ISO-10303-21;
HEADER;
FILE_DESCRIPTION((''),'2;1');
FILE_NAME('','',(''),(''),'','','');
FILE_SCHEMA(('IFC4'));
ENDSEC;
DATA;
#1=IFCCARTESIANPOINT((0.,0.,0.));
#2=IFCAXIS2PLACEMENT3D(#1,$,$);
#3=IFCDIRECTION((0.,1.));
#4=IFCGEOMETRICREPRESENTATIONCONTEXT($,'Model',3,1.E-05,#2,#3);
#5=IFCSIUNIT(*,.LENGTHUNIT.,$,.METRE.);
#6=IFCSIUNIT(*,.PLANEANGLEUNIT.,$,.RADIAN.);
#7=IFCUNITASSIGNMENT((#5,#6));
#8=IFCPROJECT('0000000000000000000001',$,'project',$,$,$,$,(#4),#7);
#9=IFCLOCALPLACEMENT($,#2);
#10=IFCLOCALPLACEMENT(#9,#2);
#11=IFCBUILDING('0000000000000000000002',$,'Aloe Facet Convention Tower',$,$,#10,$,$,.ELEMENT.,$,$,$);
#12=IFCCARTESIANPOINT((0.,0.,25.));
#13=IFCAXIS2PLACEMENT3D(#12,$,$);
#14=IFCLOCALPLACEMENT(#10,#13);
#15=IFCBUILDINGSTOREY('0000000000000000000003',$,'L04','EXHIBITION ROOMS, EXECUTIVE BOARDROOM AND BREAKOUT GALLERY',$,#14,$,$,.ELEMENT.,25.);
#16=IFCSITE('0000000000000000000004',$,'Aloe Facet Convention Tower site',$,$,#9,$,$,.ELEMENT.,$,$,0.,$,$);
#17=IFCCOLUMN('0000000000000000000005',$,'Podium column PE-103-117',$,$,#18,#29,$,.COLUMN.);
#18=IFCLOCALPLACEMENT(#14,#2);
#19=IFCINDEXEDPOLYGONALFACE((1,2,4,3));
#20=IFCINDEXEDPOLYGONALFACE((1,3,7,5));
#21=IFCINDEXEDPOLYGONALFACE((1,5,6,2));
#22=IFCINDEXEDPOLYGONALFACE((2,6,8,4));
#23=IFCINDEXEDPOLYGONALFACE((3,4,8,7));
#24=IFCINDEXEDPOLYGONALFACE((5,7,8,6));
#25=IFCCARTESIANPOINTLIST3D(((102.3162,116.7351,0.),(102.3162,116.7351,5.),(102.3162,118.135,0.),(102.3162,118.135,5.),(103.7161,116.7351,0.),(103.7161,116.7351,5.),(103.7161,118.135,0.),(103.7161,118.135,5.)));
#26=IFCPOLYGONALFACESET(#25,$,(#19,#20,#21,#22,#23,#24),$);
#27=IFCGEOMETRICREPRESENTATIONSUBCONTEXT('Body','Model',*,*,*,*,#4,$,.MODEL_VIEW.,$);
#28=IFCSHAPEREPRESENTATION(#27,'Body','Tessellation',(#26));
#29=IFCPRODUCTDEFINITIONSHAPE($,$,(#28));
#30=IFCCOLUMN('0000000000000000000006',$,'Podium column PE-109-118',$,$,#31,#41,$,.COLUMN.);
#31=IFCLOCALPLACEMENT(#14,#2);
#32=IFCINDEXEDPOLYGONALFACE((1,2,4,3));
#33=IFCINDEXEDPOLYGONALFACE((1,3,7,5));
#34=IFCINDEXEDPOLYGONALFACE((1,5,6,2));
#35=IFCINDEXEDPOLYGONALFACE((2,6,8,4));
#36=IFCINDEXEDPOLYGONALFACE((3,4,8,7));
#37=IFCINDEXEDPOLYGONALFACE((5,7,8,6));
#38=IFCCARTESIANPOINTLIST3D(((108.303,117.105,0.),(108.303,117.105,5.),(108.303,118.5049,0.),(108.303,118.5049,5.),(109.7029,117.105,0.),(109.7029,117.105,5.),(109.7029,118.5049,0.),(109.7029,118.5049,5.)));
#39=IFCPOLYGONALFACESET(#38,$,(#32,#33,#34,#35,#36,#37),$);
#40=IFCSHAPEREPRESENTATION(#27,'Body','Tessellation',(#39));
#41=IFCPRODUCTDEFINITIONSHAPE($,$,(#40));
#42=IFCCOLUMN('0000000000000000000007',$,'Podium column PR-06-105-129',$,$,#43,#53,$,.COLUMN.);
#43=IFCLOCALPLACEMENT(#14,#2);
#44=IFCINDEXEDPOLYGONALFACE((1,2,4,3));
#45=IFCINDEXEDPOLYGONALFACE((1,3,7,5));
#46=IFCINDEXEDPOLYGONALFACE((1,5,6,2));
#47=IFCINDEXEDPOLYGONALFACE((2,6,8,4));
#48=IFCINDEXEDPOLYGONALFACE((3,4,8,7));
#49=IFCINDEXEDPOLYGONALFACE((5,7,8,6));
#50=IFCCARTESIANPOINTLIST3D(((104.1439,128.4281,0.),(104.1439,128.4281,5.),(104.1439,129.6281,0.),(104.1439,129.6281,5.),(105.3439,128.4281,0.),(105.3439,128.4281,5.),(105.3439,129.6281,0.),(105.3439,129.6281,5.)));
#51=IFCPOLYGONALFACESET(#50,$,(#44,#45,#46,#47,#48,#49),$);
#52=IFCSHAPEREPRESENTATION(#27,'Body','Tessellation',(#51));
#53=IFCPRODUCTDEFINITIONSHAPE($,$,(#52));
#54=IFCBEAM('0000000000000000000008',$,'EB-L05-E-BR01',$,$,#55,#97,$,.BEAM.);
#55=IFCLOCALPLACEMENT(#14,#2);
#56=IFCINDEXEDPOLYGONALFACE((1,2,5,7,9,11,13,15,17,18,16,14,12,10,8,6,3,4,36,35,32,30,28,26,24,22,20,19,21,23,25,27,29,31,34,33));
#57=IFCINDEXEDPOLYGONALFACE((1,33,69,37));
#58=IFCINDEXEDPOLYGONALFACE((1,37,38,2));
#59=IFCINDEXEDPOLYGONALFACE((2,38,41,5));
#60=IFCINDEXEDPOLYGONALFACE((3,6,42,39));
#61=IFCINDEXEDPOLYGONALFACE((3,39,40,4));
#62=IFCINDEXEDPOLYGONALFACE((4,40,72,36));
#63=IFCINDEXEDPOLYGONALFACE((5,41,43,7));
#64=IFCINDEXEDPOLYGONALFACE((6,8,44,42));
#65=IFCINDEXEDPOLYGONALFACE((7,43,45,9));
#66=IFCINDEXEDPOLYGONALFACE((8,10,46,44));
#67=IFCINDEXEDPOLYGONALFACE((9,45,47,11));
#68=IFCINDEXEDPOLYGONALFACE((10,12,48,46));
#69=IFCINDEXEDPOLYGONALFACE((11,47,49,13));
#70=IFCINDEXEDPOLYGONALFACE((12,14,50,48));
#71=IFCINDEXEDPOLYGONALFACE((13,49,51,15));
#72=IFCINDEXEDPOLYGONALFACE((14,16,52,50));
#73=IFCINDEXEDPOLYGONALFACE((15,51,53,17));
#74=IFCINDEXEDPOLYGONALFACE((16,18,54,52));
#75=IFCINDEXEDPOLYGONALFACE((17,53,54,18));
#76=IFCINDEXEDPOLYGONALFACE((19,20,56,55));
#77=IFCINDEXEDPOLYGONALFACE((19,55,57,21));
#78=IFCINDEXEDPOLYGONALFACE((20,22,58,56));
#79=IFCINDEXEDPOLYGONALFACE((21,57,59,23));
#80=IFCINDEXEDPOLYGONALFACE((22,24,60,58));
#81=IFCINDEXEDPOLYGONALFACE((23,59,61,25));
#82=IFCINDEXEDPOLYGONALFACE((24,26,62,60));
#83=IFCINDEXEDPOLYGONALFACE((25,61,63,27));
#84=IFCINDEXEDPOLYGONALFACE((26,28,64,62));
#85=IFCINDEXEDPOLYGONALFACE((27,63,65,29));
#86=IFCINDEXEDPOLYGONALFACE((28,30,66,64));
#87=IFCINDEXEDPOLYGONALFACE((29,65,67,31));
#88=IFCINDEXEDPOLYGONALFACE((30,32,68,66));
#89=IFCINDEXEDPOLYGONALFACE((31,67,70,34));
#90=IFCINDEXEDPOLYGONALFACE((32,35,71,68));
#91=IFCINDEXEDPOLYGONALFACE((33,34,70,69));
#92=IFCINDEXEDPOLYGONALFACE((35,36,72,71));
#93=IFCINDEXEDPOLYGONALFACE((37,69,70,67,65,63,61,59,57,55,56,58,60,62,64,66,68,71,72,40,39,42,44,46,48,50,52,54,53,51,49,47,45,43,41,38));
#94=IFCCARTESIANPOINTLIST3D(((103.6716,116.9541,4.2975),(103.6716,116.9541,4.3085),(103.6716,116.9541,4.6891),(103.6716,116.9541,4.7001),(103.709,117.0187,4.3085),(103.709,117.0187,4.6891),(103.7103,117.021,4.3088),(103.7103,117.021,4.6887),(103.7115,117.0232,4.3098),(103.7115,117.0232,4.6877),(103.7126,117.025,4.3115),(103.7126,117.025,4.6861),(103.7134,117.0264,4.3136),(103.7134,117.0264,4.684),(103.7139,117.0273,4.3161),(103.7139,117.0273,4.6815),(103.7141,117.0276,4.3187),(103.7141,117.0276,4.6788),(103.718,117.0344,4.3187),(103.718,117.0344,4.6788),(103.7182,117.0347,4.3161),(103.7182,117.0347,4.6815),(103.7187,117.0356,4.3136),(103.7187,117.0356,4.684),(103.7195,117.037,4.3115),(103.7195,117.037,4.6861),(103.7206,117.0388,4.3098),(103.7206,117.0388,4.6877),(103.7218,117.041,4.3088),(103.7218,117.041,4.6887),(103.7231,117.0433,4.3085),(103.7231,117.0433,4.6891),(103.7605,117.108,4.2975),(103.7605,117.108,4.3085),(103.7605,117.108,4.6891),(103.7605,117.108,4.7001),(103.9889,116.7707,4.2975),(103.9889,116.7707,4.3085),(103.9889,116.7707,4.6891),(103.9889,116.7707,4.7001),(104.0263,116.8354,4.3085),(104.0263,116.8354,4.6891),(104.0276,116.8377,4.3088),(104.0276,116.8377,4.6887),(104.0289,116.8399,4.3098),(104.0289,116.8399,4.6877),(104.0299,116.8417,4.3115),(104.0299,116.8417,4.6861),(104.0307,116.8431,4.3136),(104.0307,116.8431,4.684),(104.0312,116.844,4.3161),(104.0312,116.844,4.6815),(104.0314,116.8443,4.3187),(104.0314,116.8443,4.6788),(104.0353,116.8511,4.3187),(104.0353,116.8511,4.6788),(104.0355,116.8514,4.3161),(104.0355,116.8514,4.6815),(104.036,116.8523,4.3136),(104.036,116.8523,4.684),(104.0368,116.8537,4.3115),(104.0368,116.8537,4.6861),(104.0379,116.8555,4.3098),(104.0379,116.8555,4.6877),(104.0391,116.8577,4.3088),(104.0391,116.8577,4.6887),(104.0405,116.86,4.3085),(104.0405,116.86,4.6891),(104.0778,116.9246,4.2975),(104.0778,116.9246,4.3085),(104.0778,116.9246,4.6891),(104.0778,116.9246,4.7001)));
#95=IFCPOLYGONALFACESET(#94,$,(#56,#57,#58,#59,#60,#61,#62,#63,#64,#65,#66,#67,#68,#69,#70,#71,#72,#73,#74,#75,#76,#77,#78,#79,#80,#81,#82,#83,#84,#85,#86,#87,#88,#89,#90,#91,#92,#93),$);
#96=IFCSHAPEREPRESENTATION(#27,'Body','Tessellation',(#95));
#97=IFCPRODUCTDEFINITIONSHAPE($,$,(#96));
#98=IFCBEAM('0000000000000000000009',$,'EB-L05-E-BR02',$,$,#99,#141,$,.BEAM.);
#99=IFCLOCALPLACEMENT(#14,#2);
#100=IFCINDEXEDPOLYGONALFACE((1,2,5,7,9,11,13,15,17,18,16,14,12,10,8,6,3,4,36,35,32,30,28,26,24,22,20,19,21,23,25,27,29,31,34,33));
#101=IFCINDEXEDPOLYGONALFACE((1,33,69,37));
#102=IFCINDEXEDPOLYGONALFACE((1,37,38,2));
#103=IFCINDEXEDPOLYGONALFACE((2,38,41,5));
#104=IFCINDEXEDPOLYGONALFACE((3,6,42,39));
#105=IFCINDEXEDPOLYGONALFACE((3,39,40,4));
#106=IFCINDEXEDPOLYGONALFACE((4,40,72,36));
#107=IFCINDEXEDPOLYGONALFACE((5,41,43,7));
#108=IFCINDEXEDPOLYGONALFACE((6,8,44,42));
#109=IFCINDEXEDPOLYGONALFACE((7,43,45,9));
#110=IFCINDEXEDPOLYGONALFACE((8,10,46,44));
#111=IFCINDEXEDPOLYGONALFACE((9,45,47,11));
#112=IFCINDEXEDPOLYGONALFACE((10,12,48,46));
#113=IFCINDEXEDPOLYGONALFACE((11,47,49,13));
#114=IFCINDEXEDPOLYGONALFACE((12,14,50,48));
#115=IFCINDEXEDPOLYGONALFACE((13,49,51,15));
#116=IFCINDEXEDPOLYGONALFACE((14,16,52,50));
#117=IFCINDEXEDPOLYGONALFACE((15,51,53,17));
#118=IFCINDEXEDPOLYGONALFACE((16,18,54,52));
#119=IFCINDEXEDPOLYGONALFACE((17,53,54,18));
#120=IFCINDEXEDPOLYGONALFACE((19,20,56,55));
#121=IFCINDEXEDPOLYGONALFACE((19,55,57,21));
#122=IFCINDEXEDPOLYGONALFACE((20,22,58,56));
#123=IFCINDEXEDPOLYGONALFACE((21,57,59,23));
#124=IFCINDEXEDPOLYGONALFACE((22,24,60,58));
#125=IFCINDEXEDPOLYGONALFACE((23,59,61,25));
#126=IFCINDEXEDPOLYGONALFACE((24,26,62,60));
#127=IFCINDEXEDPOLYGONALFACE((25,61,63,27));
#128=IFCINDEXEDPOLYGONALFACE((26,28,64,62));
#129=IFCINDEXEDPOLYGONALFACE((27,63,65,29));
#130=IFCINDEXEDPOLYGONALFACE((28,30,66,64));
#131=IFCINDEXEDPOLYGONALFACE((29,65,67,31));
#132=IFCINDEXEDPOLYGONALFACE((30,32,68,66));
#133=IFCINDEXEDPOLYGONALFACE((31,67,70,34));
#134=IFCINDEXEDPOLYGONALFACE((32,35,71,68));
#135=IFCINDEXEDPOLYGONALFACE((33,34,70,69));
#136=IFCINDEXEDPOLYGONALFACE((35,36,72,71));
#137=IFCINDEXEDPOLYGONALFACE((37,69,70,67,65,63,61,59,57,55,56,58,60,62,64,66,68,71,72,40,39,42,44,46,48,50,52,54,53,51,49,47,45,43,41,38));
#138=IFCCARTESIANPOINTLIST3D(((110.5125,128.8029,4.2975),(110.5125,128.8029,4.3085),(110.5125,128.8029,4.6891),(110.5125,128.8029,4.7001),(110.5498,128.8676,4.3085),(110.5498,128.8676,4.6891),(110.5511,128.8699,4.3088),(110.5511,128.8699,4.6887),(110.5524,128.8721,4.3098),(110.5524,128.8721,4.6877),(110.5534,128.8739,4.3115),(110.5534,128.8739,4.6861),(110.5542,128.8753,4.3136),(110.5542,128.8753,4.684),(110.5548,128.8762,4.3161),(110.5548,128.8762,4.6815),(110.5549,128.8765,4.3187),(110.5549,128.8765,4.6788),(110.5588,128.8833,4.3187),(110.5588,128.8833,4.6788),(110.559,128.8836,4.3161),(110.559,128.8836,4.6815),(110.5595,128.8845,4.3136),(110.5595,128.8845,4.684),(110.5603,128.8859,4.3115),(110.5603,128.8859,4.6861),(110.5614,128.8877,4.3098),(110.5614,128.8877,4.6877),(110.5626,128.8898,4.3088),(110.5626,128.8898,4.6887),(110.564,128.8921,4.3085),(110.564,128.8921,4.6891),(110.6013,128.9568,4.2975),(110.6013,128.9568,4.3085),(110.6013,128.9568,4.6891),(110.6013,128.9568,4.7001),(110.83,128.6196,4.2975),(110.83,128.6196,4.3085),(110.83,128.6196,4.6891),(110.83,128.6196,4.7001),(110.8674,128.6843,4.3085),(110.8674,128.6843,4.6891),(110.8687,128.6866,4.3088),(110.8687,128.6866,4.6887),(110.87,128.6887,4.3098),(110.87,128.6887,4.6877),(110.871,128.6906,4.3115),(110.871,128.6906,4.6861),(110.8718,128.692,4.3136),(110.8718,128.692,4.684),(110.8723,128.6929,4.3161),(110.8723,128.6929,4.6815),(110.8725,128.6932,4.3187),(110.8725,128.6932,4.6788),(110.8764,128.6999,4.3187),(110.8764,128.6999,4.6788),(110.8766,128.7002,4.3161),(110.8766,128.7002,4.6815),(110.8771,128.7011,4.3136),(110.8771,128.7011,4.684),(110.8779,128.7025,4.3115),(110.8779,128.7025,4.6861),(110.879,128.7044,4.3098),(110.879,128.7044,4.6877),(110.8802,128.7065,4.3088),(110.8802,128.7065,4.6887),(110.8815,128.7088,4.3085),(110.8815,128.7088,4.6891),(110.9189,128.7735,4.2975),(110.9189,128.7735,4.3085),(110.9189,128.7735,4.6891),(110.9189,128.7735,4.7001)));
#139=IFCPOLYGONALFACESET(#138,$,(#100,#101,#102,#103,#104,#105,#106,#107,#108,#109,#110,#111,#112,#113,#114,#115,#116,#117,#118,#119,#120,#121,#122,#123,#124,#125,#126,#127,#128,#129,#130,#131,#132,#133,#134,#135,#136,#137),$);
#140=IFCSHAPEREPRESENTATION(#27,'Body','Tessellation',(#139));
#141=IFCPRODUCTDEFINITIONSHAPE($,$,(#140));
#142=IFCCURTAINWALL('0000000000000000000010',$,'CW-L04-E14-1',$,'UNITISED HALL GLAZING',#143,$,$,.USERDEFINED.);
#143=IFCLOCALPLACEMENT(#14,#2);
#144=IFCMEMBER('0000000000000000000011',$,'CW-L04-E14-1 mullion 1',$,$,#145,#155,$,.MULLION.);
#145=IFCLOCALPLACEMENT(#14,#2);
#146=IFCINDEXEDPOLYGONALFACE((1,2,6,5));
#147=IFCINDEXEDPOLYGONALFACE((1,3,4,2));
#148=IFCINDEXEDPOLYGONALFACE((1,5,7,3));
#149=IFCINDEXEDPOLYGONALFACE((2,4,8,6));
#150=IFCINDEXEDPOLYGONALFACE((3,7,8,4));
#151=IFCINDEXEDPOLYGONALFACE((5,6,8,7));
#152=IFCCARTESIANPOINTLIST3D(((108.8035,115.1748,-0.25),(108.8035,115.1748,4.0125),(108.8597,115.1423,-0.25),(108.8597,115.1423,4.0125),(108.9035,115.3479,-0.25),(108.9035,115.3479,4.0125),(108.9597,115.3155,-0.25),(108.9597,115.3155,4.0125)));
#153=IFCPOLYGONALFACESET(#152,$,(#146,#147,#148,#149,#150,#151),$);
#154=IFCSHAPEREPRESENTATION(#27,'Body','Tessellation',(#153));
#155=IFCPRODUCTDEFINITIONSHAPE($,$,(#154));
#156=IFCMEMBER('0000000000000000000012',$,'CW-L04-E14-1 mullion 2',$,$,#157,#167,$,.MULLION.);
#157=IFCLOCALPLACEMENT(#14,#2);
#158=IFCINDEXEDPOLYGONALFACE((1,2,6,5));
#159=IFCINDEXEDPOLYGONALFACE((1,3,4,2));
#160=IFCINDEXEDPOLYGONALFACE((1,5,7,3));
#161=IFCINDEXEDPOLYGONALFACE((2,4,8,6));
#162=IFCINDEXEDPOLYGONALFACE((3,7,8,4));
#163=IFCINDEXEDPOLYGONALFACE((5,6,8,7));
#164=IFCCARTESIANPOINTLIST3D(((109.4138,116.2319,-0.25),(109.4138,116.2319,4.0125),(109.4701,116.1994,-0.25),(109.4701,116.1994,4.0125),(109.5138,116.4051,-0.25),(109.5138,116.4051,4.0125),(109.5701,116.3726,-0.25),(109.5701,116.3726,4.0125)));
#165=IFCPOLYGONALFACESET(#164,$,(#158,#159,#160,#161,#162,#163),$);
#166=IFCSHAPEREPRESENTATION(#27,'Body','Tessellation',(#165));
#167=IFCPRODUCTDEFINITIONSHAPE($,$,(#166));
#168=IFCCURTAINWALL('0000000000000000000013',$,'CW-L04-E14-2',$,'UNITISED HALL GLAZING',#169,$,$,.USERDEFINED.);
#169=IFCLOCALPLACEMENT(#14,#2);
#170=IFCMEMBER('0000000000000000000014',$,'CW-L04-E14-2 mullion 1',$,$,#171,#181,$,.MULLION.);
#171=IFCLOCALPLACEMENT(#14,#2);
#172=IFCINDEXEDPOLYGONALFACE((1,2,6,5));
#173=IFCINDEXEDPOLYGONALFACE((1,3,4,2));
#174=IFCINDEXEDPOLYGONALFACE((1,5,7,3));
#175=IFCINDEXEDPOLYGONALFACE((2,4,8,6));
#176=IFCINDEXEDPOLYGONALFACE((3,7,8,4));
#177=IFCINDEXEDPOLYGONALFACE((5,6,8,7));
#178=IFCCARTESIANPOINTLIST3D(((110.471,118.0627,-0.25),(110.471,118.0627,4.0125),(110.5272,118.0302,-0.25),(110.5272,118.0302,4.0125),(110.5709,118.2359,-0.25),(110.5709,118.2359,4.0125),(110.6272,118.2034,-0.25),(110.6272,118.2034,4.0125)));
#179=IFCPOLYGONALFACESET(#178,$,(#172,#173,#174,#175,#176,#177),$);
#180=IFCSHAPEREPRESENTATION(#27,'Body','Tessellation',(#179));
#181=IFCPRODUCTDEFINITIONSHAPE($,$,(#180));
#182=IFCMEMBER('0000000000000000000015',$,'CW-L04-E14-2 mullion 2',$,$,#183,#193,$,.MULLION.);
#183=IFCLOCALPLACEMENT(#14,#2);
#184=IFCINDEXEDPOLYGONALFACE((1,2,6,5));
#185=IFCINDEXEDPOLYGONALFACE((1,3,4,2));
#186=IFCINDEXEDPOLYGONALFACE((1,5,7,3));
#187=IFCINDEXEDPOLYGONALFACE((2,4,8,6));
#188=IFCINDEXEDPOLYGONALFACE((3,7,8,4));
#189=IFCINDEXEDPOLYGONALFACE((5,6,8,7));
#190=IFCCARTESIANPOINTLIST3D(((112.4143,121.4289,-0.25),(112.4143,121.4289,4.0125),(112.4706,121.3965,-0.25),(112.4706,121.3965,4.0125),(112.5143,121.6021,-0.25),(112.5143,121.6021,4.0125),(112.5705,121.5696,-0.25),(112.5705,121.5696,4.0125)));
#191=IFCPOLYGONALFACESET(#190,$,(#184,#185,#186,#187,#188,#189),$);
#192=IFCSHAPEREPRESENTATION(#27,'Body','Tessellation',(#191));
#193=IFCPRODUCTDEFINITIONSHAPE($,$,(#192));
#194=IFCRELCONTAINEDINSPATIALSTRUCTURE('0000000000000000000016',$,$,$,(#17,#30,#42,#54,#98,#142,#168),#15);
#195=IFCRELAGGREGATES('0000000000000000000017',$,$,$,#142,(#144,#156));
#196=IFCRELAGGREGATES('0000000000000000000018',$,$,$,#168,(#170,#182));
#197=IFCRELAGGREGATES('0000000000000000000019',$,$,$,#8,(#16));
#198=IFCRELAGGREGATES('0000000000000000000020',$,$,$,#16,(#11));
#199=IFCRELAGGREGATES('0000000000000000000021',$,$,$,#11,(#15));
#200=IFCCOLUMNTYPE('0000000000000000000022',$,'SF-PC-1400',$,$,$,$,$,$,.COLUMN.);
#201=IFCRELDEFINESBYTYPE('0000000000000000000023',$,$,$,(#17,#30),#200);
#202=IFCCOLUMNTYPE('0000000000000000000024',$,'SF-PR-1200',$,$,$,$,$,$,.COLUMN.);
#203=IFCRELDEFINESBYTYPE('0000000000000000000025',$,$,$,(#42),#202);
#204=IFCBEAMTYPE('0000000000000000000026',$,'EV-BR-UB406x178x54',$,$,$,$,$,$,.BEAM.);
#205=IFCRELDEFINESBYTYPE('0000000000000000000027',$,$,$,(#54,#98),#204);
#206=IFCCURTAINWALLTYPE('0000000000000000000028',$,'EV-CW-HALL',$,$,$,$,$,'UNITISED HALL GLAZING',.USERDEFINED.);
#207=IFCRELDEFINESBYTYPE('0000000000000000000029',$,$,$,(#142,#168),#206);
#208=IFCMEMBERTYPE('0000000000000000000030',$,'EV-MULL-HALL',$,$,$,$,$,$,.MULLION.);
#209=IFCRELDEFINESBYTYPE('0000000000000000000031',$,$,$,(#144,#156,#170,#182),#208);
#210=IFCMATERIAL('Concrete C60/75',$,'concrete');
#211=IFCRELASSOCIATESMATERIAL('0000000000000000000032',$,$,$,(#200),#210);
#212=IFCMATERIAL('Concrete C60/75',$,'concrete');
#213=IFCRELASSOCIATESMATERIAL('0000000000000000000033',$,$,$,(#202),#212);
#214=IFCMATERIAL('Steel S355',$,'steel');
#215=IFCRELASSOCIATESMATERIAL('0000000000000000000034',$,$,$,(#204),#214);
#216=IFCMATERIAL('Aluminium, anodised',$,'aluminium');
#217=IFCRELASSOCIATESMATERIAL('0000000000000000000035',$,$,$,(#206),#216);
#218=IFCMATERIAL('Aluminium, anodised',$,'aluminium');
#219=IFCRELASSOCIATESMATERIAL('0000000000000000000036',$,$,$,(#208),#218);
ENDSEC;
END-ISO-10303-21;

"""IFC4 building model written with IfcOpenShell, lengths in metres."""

from ifc_helpers import new_model, si_unit, direction, frame, origin, origin_2d, place, context, subcontext, project, spatial, rectangle, i_section, extrude, material, material_profile, profile_set, type_object, element, aggregate, save


model = new_model("IFC4")

# Units and contexts
model_context = context("Model", 3, precision=1e-05, world=origin(), true_north=direction((0.0, 1.0)))
body_context = subcontext(model_context, "Body", "Model", "MODEL_VIEW")
ifc_project = project(units=[si_unit("LENGTHUNIT", "METRE"), si_unit("PLANEANGLEUNIT", "RADIAN")], contexts=[model_context])

# Site, building, storey
site_placement = place(None, origin())
site = spatial("IfcSite", under=ifc_project, at=site_placement, Name="Aloe Facet Convention Tower site", CompositionType="ELEMENT", RefElevation=0.0)
building_placement = place(site_placement, origin())
building = spatial("IfcBuilding", under=site, at=building_placement, Name="Aloe Facet Convention Tower", CompositionType="ELEMENT")
storey_placement = place(building_placement, frame((0.0, 0.0, 25.0)))
storey = spatial("IfcBuildingStorey", under=building, at=storey_placement, Name="L04", Description="EXHIBITION ROOMS, EXECUTIVE BOARDROOM AND BREAKOUT GALLERY", CompositionType="ELEMENT", Elevation=25.0)

# Columns
ifc_material_1 = material(Name="Concrete C60/75", Category="concrete")
ifc_material_profile_1 = material_profile(ifc_material_1, rectangle(XDim=1.3999, YDim=1.3999, at=origin_2d()), Name="SF-PC-1400")
ifc_profile_set_1 = profile_set([ifc_material_profile_1], Name="Concrete C60/75")
column_type_1 = type_object("IfcColumnType", Name="SF-PC-1400", PredefinedType="COLUMN", material=ifc_profile_set_1)
for number, where, z_axis, x_axis, name in (
    (1, (103.0161, 117.4351, 0.0), (0.0, 0.0, 1.0), (1.0, 0.0, 0.0), "Podium column PE-103-117"),
    (2, (109.0029, 117.8049, 0.0), (0.0, 0.0, 1.0), (1.0, 0.0, 0.0), "Podium column PE-109-118"),
):
    element("IfcColumn", number, at=place(storey_placement, frame(where, z_axis=z_axis, x_axis=x_axis)), inside=storey, type_object=column_type_1, Name=name, PredefinedType="COLUMN", context=body_context, shape_type="SweptSolid", body=[
        extrude(rectangle(XDim=1.3999, YDim=1.3999, at=origin_2d()), origin(), (0.0, 0.0, 1.0), 5.0),
    ])
ifc_material_2 = material(Name="Concrete C60/75", Category="concrete")
ifc_material_profile_2 = material_profile(ifc_material_2, rectangle(XDim=1.2, YDim=1.2, at=origin_2d()), Name="SF-PR-1200")
ifc_profile_set_2 = profile_set([ifc_material_profile_2], Name="Concrete C60/75")
column_type_2 = type_object("IfcColumnType", Name="SF-PR-1200", PredefinedType="COLUMN", material=ifc_profile_set_2)
column_placement = place(storey_placement, frame((104.7439, 129.0281, 0.0), z_axis=(0.0, 0.0, 1.0), x_axis=(1.0, 0.0, 0.0)))
element("IfcColumn", 3, at=column_placement, inside=storey, type_object=column_type_2, Name="Podium column PR-06-105-129", PredefinedType="COLUMN", context=body_context, shape_type="SweptSolid", body=[
    extrude(rectangle(XDim=1.2, YDim=1.2, at=origin_2d()), origin(), (0.0, 0.0, 1.0), 5.0),
])

# Beams
ifc_material_3 = material(Name="Steel S355", Category="steel")
ifc_material_profile_3 = material_profile(ifc_material_3, i_section(OverallWidth=0.1777, OverallDepth=0.4026, WebThickness=0.0078, FlangeThickness=0.011, FilletRadius=0.0103, at=origin_2d()), Name="UB 406x178x54")
ifc_profile_set_3 = profile_set([ifc_material_profile_3], Name="Steel S355")
beam_type_1 = type_object("IfcBeamType", Name="EV-BR-UB406x178x54", PredefinedType="BEAM", material=ifc_profile_set_3)
beam_1_placement = place(storey_placement, frame((103.7161, 117.031, 4.4988), z_axis=(0.865897, -0.500222, 0.0), x_axis=(0.500222, 0.865897, 0.0)))
element("IfcBeam", 4, at=beam_1_placement, inside=storey, type_object=beam_type_1, Name="EB-L05-E-BR01", PredefinedType="BEAM", context=body_context, shape_type="SweptSolid", body=[
    extrude(i_section(OverallWidth=0.1777, OverallDepth=0.4026, WebThickness=0.0078, FlangeThickness=0.011, FilletRadius=0.0103, at=origin_2d()), origin(), (0.0, 0.0, 1.0), 0.3665),
])
beam_2_placement = place(storey_placement, frame((110.5569, 128.8799, 4.4988), z_axis=(0.866064, -0.499934, 0.0), x_axis=(0.499934, 0.866064, 0.0)))
element("IfcBeam", 5, at=beam_2_placement, inside=storey, type_object=beam_type_1, Name="EB-L05-E-BR02", PredefinedType="BEAM", context=body_context, shape_type="SweptSolid", body=[
    extrude(i_section(OverallWidth=0.1777, OverallDepth=0.4026, WebThickness=0.0078, FlangeThickness=0.011, FilletRadius=0.0103, at=origin_2d()), origin(), (0.0, 0.0, 1.0), 0.3667),
])

# Curtain walls, members
ifc_material_4 = material(Name="Aluminium, anodised", Category="aluminium")
curtain_wall_type = type_object("IfcCurtainWallType", Name="EV-CW-HALL", ElementType="UNITISED HALL GLAZING", PredefinedType="USERDEFINED", material=ifc_material_4)
curtain_wall_1_placement = place(storey_placement, origin())
curtain_wall_1 = element("IfcCurtainWall", 6, at=curtain_wall_1_placement, inside=storey, type_object=curtain_wall_type, Name="CW-L04-E14-1", ObjectType="UNITISED HALL GLAZING", PredefinedType="USERDEFINED")
ifc_material_5 = material(Name="Aluminium, anodised", Category="aluminium")
ifc_material_profile_4 = material_profile(ifc_material_5, rectangle(XDim=0.0649, YDim=0.2, at=origin_2d()), Name="AL 65x200")
ifc_profile_set_4 = profile_set([ifc_material_profile_4], Name="Aluminium, anodised")
member_type_1 = type_object("IfcMemberType", Name="EV-MULL-HALL", PredefinedType="MULLION", material=ifc_profile_set_4)
member_1_placement = place(storey_placement, frame((108.8816, 115.2451, -0.25), z_axis=(0.0, 0.0, 1.0), x_axis=(-0.866025, 0.5, 0.0)))
member_1 = element("IfcMember", 7, at=member_1_placement, type_object=member_type_1, Name="CW-L04-E14-1 mullion 1", PredefinedType="MULLION", context=body_context, shape_type="SweptSolid", body=[
    extrude(rectangle(XDim=0.0649, YDim=0.2, at=origin_2d()), origin(), (0.0, 0.0, 1.0), 4.2625),
])
member_2_placement = place(storey_placement, frame((109.4919, 116.3022, -0.25), z_axis=(0.0, 0.0, 1.0), x_axis=(-0.866025, 0.5, 0.0)))
member_2 = element("IfcMember", 8, at=member_2_placement, type_object=member_type_1, Name="CW-L04-E14-1 mullion 2", PredefinedType="MULLION", context=body_context, shape_type="SweptSolid", body=[
    extrude(rectangle(XDim=0.0649, YDim=0.2, at=origin_2d()), origin(), (0.0, 0.0, 1.0), 4.2625),
])
curtain_wall_2_placement = place(storey_placement, origin())
curtain_wall_2 = element("IfcCurtainWall", 9, at=curtain_wall_2_placement, inside=storey, type_object=curtain_wall_type, Name="CW-L04-E14-2", ObjectType="UNITISED HALL GLAZING", PredefinedType="USERDEFINED")
member_3_placement = place(storey_placement, frame((110.5491, 118.1331, -0.25), z_axis=(0.0, 0.0, 1.0), x_axis=(-0.866025, 0.5, 0.0)))
member_3 = element("IfcMember", 10, at=member_3_placement, type_object=member_type_1, Name="CW-L04-E14-2 mullion 1", PredefinedType="MULLION", context=body_context, shape_type="SweptSolid", body=[
    extrude(rectangle(XDim=0.0649, YDim=0.2, at=origin_2d()), origin(), (0.0, 0.0, 1.0), 4.2625),
])
member_4_placement = place(storey_placement, frame((112.4924, 121.4993, -0.25), z_axis=(0.0, 0.0, 1.0), x_axis=(-0.866025, 0.5, 0.0)))
member_4 = element("IfcMember", 11, at=member_4_placement, type_object=member_type_1, Name="CW-L04-E14-2 mullion 2", PredefinedType="MULLION", context=body_context, shape_type="SweptSolid", body=[
    extrude(rectangle(XDim=0.0649, YDim=0.2, at=origin_2d()), origin(), (0.0, 0.0, 1.0), 4.2625),
])

aggregate(curtain_wall_1, [member_1, member_2])
aggregate(curtain_wall_2, [member_3, member_4])

save(model, "model.ifc")
